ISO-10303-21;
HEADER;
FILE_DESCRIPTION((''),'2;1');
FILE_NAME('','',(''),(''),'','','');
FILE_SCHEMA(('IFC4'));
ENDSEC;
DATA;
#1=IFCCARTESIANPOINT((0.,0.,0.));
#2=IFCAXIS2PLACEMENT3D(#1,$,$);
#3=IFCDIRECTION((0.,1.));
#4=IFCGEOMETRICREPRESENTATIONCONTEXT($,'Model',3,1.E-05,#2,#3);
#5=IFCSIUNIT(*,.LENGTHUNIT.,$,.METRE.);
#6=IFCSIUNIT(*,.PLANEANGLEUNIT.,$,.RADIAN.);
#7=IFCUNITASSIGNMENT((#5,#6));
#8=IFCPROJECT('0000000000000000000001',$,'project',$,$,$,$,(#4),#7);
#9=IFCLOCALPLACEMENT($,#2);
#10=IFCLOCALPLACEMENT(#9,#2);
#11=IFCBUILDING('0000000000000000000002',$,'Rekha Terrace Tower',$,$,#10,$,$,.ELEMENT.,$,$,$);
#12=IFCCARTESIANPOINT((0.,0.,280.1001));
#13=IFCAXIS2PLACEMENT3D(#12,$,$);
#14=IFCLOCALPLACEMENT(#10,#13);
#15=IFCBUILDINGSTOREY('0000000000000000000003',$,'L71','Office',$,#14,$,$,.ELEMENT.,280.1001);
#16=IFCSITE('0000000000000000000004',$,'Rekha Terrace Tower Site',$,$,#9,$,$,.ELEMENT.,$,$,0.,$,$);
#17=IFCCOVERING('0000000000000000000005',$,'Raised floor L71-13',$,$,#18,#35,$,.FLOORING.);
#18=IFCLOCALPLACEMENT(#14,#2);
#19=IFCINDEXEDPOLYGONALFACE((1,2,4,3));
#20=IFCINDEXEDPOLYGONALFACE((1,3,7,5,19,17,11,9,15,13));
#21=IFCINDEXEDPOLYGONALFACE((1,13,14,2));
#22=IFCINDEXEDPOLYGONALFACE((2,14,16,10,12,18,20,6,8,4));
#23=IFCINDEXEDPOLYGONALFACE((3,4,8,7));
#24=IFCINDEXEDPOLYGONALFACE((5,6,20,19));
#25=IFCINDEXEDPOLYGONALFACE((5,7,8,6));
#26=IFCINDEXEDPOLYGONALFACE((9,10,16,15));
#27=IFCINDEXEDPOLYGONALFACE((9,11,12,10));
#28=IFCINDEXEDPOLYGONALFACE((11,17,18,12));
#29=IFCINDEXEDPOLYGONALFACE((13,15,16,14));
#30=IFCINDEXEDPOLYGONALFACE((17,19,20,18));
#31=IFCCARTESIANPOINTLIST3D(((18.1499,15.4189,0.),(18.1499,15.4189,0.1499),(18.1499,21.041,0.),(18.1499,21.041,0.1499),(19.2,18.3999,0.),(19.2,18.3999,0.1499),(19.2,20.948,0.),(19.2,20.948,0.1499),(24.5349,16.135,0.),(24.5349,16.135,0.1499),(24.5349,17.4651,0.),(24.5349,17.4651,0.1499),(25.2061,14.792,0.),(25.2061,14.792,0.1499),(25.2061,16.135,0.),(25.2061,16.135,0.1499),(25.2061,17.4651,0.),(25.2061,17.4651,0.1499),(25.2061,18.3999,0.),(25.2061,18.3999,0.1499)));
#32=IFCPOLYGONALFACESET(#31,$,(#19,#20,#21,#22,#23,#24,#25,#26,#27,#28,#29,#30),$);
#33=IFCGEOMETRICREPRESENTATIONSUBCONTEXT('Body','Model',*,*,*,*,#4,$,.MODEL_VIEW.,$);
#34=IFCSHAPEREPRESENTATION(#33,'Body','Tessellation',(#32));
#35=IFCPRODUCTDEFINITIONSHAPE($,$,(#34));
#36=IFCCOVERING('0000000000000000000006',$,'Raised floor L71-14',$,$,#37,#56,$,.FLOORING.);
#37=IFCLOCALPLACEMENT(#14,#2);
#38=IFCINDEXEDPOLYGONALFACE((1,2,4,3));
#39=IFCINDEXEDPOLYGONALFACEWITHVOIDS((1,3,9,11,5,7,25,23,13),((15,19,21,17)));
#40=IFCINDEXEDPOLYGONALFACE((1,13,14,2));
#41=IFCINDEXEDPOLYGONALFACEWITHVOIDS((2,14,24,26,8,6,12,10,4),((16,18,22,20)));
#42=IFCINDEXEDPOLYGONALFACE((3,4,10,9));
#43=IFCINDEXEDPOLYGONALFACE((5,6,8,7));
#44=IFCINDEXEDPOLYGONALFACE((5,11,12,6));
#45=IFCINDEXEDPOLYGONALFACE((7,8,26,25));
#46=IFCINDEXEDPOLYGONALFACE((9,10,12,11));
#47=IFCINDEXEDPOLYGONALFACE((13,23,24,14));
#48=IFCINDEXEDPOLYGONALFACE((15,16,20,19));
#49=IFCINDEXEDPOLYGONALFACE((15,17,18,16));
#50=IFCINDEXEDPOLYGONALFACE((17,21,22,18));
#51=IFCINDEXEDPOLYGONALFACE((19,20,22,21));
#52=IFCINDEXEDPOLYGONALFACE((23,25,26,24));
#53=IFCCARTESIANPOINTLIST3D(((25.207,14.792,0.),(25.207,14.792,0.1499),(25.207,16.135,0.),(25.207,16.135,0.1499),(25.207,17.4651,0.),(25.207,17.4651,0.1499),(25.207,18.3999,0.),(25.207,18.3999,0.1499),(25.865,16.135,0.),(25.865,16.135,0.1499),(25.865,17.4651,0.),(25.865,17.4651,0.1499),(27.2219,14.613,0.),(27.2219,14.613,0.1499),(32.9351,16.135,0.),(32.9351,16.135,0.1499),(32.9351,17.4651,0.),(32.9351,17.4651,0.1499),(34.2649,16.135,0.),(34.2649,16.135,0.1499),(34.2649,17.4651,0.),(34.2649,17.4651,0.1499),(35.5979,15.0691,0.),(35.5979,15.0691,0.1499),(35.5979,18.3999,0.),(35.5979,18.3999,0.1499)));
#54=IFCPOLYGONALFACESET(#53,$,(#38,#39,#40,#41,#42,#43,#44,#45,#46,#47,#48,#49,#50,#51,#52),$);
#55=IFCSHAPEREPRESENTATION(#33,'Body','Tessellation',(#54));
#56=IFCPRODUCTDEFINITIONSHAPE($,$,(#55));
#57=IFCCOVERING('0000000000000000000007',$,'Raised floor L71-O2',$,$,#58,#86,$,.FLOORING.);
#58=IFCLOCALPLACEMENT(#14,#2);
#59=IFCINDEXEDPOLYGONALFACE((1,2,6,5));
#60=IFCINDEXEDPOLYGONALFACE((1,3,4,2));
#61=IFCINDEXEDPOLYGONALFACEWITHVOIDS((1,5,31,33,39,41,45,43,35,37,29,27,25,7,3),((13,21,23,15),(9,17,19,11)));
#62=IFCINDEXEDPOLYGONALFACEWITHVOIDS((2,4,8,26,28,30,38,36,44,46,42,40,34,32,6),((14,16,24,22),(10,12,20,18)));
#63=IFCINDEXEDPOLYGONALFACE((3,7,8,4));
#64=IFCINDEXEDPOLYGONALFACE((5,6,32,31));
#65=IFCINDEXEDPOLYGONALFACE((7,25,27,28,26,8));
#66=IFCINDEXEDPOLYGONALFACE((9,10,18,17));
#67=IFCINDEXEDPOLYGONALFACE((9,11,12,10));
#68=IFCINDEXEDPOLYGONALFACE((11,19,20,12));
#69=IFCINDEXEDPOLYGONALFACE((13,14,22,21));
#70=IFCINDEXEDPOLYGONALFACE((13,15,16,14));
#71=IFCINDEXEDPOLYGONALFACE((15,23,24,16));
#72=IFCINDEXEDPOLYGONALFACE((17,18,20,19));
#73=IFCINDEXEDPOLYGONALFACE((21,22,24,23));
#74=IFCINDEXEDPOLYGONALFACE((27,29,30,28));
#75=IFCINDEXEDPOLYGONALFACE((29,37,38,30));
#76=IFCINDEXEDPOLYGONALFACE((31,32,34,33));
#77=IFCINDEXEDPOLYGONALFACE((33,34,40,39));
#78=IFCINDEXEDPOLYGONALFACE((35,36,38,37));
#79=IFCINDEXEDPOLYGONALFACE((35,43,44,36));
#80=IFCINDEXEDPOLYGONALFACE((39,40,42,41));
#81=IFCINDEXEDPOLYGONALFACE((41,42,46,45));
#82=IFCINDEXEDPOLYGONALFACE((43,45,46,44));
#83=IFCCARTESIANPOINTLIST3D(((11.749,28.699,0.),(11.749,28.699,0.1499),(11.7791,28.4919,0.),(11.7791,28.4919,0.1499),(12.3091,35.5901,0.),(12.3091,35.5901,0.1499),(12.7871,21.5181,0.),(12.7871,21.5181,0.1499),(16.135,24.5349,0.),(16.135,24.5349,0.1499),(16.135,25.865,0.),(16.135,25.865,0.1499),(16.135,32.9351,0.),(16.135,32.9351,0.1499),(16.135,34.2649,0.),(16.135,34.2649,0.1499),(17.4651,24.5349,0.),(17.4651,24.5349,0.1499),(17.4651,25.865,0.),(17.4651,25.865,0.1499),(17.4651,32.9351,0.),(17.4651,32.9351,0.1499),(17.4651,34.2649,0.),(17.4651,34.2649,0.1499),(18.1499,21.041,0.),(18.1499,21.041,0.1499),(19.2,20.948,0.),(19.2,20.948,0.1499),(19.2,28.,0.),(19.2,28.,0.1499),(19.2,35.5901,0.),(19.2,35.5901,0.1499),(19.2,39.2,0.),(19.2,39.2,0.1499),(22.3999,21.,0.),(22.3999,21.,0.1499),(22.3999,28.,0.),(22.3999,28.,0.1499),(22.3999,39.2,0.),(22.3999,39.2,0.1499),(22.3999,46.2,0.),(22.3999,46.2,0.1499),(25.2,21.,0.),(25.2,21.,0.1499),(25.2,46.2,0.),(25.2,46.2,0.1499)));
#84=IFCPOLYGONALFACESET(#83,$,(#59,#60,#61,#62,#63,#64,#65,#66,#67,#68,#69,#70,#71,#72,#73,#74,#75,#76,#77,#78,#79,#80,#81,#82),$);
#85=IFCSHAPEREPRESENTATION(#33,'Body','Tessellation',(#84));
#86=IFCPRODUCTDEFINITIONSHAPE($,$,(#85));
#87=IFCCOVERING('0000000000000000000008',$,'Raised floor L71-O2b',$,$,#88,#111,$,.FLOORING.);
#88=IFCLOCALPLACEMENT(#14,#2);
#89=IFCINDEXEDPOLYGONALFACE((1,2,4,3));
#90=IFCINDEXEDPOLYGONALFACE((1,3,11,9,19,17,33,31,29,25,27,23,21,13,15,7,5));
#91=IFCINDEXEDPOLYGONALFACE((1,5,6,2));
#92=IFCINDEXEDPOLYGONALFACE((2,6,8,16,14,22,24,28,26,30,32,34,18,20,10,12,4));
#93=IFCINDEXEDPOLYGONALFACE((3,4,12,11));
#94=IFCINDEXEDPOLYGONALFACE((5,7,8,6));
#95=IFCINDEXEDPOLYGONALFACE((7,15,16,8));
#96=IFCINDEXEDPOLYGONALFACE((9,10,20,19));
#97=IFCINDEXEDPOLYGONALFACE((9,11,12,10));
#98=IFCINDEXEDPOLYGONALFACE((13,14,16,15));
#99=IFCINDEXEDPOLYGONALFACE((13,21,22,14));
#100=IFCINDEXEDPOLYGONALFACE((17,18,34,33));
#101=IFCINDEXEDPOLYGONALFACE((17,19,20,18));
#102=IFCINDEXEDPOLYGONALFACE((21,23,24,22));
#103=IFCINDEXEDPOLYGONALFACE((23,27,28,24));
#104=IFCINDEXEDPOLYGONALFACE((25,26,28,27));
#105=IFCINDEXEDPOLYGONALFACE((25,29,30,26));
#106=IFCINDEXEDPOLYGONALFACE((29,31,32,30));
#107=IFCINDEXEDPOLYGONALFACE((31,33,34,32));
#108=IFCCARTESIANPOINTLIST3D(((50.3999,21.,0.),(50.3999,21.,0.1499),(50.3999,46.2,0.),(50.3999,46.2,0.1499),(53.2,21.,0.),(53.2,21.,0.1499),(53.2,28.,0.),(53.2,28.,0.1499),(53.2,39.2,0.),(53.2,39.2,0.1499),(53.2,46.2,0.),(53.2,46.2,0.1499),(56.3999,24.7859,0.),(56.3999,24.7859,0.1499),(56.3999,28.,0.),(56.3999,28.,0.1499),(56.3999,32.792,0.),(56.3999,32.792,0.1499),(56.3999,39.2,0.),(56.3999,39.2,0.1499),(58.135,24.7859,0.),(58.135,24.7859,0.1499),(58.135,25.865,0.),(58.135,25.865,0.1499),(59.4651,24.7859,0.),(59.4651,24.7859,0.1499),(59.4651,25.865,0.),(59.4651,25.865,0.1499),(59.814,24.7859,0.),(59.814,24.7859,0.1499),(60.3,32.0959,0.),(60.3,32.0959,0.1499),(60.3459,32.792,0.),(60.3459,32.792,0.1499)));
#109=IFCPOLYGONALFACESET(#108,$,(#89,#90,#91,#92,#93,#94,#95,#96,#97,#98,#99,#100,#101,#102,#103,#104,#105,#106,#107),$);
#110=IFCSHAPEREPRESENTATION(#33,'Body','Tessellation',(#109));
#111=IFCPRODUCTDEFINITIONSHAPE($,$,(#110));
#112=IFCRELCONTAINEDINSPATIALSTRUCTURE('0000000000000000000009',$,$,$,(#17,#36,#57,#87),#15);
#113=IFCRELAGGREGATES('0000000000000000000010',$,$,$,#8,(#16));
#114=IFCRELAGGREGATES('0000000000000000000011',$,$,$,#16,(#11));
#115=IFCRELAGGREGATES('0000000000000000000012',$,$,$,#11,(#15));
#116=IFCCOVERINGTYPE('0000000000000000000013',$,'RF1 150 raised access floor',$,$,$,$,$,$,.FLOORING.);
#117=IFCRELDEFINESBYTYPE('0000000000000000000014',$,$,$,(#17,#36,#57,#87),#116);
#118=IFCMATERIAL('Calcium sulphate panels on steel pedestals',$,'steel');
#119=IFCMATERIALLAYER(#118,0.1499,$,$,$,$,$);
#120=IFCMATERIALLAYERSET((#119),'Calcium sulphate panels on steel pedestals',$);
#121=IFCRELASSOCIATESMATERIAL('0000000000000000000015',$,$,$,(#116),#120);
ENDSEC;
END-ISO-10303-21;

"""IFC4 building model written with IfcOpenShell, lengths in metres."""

from ifc_helpers import new_model, si_unit, direction, frame, origin, place, context, subcontext, project, spatial, polyline, outline, extrude, material, layer, layer_set, type_object, element, save


model = new_model("IFC4")

# Units and contexts
model_context = context("Model", 3, precision=1e-05, world=origin(), true_north=direction((0.0, 1.0)))
body_context = subcontext(model_context, "Body", "Model", "MODEL_VIEW")
ifc_project = project(units=[si_unit("LENGTHUNIT", "METRE"), si_unit("PLANEANGLEUNIT", "RADIAN")], contexts=[model_context])

# Site, building, storey
site_placement = place(None, origin())
site = spatial("IfcSite", under=ifc_project, at=site_placement, Name="Rekha Terrace Tower Site", CompositionType="ELEMENT", RefElevation=0.0)
building_placement = place(site_placement, origin())
building = spatial("IfcBuilding", under=site, at=building_placement, Name="Rekha Terrace Tower", CompositionType="ELEMENT")
storey_placement = place(building_placement, frame((0.0, 0.0, 280.1001)))
storey = spatial("IfcBuildingStorey", under=building, at=storey_placement, Name="L71", Description="Office", CompositionType="ELEMENT", Elevation=280.1001)

# Coverings
ifc_material_1 = material(Name="Calcium sulphate panels on steel pedestals", Category="steel")
ifc_layer_1 = layer(ifc_material_1, 0.1499)
ifc_layer_set_1 = layer_set([ifc_layer_1], Name="Calcium sulphate panels on steel pedestals")
covering_type_1 = type_object("IfcCoveringType", Name="RF1 150 raised access floor", PredefinedType="FLOORING", material=ifc_layer_set_1)
covering_1_placement = place(storey_placement, origin())
element("IfcCovering", 1, at=covering_1_placement, inside=storey, type_object=covering_type_1, Name="Raised floor L71-13", PredefinedType="FLOORING", context=body_context, shape_type="SweptSolid", body=[
    extrude(outline(polyline([(19.2, 18.3999), (19.2, 20.948), (18.1499, 21.041), (18.1499, 15.4189), (25.2061, 14.792), (25.2061, 16.135), (24.5349, 16.135), (24.5349, 17.4651), (25.2061, 17.4651), (25.2061, 18.3999), (19.2, 18.3999)])), origin(), (0.0, 0.0, 1.0), 0.1499),
])
covering_2_placement = place(storey_placement, origin())
element("IfcCovering", 2, at=covering_2_placement, inside=storey, type_object=covering_type_1, Name="Raised floor L71-14", PredefinedType="FLOORING", context=body_context, shape_type="SweptSolid", body=[
    extrude(outline(polyline([(35.5979, 15.0691), (35.5979, 18.3999), (25.207, 18.3999), (25.207, 17.4651), (25.865, 17.4651), (25.865, 16.135), (25.207, 16.135), (25.207, 14.792), (27.2219, 14.613), (35.5979, 15.0691)]), holes=[polyline([(34.2649, 16.135), (32.9351, 16.135), (32.9351, 17.4651), (34.2649, 17.4651), (34.2649, 16.135)])]), origin(), (0.0, 0.0, 1.0), 0.1499),
])
covering_3_placement = place(storey_placement, origin())
element("IfcCovering", 3, at=covering_3_placement, inside=storey, type_object=covering_type_1, Name="Raised floor L71-O2", PredefinedType="FLOORING", context=body_context, shape_type="SweptSolid", body=[
    extrude(outline(polyline([(11.749, 28.699), (11.7791, 28.4919), (12.7871, 21.5181), (18.1499, 21.041), (19.2, 20.948), (19.2, 28.0), (22.3999, 28.0), (22.3999, 21.0), (25.2, 21.0), (25.2, 46.2), (22.3999, 46.2), (22.3999, 39.2), (19.2, 39.2), (19.2, 35.5901), (12.3091, 35.5901), (11.749, 28.699)]), holes=[polyline([(17.4651, 25.865), (17.4651, 24.5349), (16.135, 24.5349), (16.135, 25.865), (17.4651, 25.865)]), polyline([(17.4651, 34.2649), (17.4651, 32.9351), (16.135, 32.9351), (16.135, 34.2649), (17.4651, 34.2649)])]), origin(), (0.0, 0.0, 1.0), 0.1499),
])
covering_4_placement = place(storey_placement, origin())
element("IfcCovering", 4, at=covering_4_placement, inside=storey, type_object=covering_type_1, Name="Raised floor L71-O2b", PredefinedType="FLOORING", context=body_context, shape_type="SweptSolid", body=[
    extrude(outline(polyline([(50.3999, 21.0), (53.2, 21.0), (53.2, 28.0), (56.3999, 28.0), (56.3999, 24.7859), (58.135, 24.7859), (58.135, 25.865), (59.4651, 25.865), (59.4651, 24.7859), (59.814, 24.7859), (60.3, 32.0959), (60.3459, 32.792), (56.3999, 32.792), (56.3999, 39.2), (53.2, 39.2), (53.2, 46.2), (50.3999, 46.2), (50.3999, 21.0)])), origin(), (0.0, 0.0, 1.0), 0.1499),
])

save(model, "model.ifc")
